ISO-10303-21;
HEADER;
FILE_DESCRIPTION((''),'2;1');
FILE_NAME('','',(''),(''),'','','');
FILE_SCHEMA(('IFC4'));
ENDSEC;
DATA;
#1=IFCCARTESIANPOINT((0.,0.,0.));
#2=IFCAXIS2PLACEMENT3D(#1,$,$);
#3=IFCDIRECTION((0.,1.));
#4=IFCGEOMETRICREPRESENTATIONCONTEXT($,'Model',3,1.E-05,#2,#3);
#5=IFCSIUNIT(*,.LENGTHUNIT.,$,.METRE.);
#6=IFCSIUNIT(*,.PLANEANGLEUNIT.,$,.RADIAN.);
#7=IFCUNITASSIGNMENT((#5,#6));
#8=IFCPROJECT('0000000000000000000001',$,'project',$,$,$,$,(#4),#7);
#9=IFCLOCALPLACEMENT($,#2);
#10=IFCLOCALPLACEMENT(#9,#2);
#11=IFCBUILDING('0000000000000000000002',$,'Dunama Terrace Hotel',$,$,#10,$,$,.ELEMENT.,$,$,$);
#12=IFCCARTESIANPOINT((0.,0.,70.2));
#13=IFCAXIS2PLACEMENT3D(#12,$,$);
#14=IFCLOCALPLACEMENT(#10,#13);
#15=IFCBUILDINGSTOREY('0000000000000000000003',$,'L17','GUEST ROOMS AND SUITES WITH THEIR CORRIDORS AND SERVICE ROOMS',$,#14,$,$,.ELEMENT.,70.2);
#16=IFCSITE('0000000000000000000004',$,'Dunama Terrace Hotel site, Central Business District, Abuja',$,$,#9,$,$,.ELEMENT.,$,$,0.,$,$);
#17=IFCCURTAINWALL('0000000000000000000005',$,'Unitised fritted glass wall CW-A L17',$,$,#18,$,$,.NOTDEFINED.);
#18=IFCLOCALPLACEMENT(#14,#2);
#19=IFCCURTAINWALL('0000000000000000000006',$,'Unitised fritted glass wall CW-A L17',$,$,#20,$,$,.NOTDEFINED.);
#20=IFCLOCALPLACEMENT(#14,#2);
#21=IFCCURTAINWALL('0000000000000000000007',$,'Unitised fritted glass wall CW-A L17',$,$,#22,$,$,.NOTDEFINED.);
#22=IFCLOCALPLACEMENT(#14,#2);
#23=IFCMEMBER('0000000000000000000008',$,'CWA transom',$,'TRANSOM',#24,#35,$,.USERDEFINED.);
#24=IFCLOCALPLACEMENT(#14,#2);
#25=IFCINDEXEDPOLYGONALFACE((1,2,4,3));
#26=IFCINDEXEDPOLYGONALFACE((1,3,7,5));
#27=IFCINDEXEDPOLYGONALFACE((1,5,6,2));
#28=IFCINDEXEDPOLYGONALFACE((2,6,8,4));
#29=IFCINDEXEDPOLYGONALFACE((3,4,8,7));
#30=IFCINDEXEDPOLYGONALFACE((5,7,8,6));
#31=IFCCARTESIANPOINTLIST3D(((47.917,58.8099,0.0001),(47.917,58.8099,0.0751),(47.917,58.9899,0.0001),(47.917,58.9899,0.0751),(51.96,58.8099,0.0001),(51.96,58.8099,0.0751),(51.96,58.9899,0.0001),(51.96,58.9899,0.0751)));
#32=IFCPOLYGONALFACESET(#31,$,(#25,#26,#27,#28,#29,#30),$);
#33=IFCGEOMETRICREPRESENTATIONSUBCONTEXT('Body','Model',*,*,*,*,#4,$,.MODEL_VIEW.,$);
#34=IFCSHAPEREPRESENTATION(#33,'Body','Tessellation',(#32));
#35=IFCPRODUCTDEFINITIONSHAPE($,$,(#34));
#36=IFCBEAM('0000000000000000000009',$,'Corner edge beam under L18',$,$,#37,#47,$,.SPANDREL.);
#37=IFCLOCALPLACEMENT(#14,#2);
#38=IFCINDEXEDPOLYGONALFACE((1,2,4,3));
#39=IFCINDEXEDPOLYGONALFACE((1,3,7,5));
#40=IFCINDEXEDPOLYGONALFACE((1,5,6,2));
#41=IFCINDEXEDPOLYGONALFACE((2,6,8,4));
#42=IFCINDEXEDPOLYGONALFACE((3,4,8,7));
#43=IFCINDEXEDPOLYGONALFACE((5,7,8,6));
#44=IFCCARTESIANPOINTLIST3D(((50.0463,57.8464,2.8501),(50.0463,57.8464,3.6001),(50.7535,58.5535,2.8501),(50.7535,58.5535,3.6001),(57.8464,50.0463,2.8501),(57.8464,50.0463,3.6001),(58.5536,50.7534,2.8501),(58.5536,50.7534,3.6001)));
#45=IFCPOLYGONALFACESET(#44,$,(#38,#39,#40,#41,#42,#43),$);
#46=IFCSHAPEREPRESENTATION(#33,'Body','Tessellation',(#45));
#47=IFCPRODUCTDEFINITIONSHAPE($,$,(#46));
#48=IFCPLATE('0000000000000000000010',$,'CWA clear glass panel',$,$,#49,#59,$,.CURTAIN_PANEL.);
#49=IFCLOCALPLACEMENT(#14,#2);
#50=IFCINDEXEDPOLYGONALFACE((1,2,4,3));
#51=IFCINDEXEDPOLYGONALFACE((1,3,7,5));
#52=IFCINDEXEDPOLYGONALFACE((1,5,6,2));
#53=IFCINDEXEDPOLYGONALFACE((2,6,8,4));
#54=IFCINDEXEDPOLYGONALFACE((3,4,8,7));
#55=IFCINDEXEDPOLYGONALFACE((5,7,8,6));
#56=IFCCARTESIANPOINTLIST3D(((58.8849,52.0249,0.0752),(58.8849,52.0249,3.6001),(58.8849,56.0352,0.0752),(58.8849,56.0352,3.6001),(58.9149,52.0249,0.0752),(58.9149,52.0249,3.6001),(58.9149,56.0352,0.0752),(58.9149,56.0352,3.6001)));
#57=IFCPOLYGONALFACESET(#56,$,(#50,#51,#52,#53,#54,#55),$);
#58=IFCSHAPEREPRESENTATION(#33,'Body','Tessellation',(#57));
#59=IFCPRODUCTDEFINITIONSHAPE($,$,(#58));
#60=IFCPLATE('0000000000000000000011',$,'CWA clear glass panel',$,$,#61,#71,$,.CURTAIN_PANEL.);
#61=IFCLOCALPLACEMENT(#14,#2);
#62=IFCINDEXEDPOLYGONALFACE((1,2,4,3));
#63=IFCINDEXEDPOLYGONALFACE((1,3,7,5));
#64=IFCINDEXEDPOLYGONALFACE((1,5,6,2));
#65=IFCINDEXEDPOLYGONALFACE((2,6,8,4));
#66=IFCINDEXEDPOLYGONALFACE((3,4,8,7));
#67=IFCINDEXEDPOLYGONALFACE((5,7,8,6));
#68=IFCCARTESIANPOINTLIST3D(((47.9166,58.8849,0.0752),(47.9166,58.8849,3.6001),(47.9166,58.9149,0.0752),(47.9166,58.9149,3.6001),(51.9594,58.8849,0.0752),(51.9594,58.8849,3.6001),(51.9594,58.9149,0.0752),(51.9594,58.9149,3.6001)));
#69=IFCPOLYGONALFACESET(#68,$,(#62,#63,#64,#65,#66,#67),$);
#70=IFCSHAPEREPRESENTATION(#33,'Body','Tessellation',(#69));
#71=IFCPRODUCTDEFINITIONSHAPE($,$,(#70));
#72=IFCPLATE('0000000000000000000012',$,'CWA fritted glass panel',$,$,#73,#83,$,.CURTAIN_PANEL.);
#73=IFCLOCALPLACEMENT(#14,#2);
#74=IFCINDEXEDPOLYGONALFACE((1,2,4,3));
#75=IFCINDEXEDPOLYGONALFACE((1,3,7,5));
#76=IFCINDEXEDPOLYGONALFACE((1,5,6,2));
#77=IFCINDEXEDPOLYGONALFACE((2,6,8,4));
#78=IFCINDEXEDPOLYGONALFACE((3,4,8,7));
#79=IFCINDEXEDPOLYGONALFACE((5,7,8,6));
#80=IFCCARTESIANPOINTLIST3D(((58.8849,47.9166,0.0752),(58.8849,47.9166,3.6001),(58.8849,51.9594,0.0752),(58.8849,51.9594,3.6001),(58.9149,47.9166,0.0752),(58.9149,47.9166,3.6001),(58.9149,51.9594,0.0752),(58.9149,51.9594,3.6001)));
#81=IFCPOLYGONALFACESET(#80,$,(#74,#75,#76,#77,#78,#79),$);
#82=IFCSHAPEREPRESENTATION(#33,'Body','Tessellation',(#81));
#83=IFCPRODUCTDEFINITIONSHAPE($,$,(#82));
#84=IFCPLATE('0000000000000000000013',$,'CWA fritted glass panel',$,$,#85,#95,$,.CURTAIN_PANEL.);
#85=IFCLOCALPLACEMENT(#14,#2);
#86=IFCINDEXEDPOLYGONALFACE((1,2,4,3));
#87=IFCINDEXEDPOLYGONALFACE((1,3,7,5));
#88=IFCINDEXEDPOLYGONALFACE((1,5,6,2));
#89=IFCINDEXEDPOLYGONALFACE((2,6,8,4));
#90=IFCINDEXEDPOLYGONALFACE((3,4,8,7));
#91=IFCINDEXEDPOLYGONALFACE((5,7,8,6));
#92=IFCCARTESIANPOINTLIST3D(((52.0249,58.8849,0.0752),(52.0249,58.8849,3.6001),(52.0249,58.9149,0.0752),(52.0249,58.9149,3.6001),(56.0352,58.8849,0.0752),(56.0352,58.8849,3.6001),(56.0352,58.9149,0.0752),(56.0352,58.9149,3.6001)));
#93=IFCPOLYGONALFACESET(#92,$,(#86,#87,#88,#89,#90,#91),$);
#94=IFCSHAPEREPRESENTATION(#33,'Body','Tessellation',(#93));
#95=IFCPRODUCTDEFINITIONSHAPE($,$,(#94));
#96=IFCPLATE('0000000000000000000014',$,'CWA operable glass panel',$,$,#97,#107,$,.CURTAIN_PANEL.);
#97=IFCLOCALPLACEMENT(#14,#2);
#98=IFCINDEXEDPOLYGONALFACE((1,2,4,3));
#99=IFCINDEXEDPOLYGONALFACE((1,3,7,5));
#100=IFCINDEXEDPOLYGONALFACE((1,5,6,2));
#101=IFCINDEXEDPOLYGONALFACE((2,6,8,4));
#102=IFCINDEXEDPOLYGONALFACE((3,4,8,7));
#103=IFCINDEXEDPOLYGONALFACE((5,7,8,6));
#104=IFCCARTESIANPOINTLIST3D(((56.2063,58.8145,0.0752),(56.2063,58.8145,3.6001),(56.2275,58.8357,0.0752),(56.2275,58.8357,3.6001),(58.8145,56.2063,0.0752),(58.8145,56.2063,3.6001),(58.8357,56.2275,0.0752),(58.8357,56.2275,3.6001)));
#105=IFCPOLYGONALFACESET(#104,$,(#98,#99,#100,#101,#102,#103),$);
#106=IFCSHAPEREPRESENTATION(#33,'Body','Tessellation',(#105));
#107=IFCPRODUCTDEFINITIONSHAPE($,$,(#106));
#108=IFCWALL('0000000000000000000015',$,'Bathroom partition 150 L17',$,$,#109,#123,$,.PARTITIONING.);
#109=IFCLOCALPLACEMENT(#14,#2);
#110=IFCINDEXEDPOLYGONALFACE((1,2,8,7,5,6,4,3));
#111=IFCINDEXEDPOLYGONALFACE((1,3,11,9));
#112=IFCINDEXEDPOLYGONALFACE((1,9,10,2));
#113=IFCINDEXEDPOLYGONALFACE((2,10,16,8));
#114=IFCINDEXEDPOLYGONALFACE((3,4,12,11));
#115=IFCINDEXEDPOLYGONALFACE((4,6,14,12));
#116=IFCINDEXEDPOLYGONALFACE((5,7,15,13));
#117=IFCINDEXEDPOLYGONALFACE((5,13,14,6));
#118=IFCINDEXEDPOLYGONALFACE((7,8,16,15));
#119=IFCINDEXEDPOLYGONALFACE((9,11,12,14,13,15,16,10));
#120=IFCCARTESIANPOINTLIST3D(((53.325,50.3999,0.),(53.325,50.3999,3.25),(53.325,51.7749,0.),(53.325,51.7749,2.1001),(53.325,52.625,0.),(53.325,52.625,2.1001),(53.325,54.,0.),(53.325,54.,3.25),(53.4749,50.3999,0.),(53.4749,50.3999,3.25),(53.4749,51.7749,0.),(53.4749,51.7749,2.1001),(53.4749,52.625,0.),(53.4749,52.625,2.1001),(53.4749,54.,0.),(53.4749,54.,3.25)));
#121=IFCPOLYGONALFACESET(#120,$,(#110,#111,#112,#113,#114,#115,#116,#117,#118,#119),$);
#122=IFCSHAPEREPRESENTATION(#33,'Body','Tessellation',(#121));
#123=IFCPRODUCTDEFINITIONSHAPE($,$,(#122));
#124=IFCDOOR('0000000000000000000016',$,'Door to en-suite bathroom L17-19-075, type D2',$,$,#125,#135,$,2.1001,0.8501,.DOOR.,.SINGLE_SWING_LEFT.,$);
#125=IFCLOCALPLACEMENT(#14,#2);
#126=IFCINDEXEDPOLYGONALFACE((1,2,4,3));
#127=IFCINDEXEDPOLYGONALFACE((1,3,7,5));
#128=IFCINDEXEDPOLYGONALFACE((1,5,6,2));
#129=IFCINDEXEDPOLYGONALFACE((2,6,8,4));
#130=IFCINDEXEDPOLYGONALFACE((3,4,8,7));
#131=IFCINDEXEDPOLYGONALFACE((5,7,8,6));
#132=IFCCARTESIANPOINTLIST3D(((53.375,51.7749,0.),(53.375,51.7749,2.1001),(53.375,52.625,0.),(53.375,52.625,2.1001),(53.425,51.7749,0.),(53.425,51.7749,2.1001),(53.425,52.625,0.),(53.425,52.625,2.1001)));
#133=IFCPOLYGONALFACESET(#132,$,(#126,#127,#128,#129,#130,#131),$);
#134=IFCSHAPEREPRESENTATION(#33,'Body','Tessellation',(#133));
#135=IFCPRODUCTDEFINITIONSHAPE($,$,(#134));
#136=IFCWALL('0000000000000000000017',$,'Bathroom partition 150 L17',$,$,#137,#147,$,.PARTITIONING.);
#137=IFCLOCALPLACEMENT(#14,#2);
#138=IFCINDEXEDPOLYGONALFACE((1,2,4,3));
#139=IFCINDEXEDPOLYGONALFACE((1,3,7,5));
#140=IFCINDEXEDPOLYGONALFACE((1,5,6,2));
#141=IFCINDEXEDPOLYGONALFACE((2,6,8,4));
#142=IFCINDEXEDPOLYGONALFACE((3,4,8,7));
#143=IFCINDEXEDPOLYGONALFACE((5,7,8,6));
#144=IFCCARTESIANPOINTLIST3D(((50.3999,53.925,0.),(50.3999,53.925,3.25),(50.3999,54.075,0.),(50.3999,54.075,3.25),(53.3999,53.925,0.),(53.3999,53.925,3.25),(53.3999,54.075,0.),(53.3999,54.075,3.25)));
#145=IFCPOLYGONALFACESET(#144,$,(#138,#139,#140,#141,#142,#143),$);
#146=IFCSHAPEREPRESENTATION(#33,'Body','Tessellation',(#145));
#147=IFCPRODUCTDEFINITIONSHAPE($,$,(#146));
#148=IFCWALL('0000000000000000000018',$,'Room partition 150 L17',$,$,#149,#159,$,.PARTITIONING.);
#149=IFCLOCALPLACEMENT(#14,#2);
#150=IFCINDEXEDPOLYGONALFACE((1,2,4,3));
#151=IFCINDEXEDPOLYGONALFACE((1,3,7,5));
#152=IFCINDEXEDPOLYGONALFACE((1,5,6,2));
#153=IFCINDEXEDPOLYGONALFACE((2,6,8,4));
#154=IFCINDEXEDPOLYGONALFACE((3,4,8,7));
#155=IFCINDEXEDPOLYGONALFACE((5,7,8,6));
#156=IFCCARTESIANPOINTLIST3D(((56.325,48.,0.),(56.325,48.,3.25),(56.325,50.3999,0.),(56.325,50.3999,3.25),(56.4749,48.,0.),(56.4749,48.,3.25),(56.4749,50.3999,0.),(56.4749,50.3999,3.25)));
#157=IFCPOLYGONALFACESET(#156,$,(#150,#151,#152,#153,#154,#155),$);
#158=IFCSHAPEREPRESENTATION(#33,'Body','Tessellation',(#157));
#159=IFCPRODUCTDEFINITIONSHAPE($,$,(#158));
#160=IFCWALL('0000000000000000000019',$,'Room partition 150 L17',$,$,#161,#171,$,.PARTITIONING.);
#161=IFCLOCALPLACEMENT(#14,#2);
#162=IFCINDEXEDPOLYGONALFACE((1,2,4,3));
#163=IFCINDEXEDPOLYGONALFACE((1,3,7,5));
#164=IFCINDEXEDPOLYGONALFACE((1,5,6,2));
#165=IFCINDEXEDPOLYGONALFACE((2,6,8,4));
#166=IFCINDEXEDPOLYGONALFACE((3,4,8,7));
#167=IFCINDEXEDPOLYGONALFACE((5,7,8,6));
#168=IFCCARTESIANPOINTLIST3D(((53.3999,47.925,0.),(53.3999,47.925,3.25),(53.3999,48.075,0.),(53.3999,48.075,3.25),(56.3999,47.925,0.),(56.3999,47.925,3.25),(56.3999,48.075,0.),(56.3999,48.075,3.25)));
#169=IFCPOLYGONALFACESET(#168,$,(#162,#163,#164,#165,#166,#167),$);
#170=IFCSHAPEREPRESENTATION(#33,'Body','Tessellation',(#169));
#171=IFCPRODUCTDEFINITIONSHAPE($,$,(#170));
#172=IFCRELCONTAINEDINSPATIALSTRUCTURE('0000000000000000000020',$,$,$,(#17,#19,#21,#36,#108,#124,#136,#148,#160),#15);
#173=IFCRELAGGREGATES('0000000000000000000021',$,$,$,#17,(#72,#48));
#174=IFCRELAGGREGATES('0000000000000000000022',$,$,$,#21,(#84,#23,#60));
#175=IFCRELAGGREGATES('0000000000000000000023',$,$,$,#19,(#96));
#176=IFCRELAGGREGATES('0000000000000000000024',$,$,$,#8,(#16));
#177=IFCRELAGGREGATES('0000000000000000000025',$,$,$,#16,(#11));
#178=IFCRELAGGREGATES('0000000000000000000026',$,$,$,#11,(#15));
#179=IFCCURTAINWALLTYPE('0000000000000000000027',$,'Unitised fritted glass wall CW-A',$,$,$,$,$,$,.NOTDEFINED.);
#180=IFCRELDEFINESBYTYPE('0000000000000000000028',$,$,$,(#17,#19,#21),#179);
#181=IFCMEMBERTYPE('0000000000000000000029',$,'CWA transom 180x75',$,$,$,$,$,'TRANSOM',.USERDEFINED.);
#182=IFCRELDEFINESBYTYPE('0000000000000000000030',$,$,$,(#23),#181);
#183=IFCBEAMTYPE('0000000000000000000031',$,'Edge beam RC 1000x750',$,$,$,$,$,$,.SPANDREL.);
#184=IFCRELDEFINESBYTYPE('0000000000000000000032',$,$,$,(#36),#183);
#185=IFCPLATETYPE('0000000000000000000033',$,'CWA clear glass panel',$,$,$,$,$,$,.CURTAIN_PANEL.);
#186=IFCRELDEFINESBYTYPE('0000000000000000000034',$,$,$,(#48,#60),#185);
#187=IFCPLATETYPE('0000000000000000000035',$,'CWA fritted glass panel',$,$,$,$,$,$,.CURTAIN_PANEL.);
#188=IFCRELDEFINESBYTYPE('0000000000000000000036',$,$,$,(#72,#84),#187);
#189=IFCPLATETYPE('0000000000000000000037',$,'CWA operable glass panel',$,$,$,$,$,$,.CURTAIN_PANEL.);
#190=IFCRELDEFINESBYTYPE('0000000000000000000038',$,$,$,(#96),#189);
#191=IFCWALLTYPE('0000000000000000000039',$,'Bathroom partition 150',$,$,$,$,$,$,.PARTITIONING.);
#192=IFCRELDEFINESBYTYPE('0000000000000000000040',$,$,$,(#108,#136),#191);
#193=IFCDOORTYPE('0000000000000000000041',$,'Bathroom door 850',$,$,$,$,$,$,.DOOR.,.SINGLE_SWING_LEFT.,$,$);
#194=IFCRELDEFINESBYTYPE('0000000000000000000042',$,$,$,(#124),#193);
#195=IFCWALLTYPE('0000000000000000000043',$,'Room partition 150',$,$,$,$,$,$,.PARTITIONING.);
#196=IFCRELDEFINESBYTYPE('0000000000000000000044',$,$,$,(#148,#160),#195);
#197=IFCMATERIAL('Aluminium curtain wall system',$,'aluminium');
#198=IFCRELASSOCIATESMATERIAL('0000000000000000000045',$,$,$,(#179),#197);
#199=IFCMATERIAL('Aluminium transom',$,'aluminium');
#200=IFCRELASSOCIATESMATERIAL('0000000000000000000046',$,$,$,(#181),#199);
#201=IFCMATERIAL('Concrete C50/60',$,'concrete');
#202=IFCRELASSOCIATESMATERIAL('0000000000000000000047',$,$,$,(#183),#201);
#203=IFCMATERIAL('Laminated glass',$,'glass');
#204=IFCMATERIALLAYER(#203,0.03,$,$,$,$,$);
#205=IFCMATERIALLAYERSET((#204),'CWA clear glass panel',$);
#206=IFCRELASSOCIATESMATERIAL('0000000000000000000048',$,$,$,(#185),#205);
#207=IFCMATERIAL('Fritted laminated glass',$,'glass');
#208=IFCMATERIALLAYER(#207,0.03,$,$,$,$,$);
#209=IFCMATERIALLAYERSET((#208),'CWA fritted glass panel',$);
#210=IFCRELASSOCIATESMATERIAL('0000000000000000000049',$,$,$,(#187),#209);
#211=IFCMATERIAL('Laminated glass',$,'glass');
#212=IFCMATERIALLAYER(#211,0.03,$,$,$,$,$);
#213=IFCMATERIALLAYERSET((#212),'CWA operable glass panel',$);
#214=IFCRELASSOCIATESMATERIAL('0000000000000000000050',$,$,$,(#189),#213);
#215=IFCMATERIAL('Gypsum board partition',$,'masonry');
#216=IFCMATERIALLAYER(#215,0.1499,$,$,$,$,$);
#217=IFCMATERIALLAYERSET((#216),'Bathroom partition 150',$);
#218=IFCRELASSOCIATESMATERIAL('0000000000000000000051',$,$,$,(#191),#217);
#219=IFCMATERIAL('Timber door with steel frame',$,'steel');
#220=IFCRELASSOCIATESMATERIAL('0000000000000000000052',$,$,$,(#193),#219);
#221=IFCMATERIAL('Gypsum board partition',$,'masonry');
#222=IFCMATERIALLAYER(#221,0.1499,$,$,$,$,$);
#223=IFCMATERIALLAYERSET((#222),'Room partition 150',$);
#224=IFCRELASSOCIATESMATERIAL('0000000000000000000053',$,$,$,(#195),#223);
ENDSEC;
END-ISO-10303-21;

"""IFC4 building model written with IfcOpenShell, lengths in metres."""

from ifc_helpers import new_model, si_unit, direction, frame, frame_2d, origin, origin_2d, place, context, subcontext, project, spatial, rectangle, extrude, material, layer, layer_set, material_profile, profile_set, type_object, element, fill, aggregate, save


model = new_model("IFC4")

# Units and contexts
model_context = context("Model", 3, precision=1e-05, world=origin(), true_north=direction((0.0, 1.0)))
body_context = subcontext(model_context, "Body", "Model", "MODEL_VIEW")
ifc_project = project(units=[si_unit("LENGTHUNIT", "METRE"), si_unit("PLANEANGLEUNIT", "RADIAN")], contexts=[model_context])

# Site, building, storey
site_placement = place(None, origin())
site = spatial("IfcSite", under=ifc_project, at=site_placement, Name="Dunama Terrace Hotel site, Central Business District, Abuja", CompositionType="ELEMENT", RefElevation=0.0)
building_placement = place(site_placement, origin())
building = spatial("IfcBuilding", under=site, at=building_placement, Name="Dunama Terrace Hotel", CompositionType="ELEMENT")
storey_placement = place(building_placement, frame((0.0, 0.0, 70.2)))
storey = spatial("IfcBuildingStorey", under=building, at=storey_placement, Name="L17", Description="GUEST ROOMS AND SUITES WITH THEIR CORRIDORS AND SERVICE ROOMS", CompositionType="ELEMENT", Elevation=70.2)

# Curtain walls
ifc_material_1 = material(Name="Aluminium curtain wall system", Category="aluminium")
curtain_wall_type = type_object("IfcCurtainWallType", Name="Unitised fritted glass wall CW-A", PredefinedType="NOTDEFINED", material=ifc_material_1)
curtain_wall_1_placement = place(storey_placement, origin())
curtain_wall_1 = element("IfcCurtainWall", 1, at=curtain_wall_1_placement, inside=storey, type_object=curtain_wall_type, Name="Unitised fritted glass wall CW-A L17", PredefinedType="NOTDEFINED")
curtain_wall_2_placement = place(storey_placement, origin())
curtain_wall_2 = element("IfcCurtainWall", 2, at=curtain_wall_2_placement, inside=storey, type_object=curtain_wall_type, Name="Unitised fritted glass wall CW-A L17", PredefinedType="NOTDEFINED")
curtain_wall_3_placement = place(storey_placement, origin())
curtain_wall_3 = element("IfcCurtainWall", 3, at=curtain_wall_3_placement, inside=storey, type_object=curtain_wall_type, Name="Unitised fritted glass wall CW-A L17", PredefinedType="NOTDEFINED")

# Member
ifc_material_2 = material(Name="Aluminium transom", Category="aluminium")
ifc_material_profile_1 = material_profile(ifc_material_2, rectangle(XDim=0.1799, YDim=0.075, at=origin_2d()), Name="CWA TRANSOM 180X75")
ifc_profile_set_1 = profile_set([ifc_material_profile_1], Name="Aluminium transom")
member_type_1 = type_object("IfcMemberType", Name="CWA transom 180x75", ElementType="TRANSOM", PredefinedType="USERDEFINED", material=ifc_profile_set_1)
member_1_placement = place(storey_placement, frame((51.96, 58.8999, 0.0376), z_axis=(-1.0, 0.0, 0.0), x_axis=(0.0, -1.0, 0.0)))
member_1 = element("IfcMember", 4, at=member_1_placement, type_object=member_type_1, Name="CWA transom", ObjectType="TRANSOM", PredefinedType="USERDEFINED", context=body_context, shape_type="SweptSolid", body=[
    extrude(rectangle(XDim=0.1799, YDim=0.075, at=origin_2d()), origin(), (0.0, 0.0, 1.0), 4.043),
])

# Beam
ifc_material_3 = material(Name="Concrete C50/60", Category="concrete")
ifc_material_profile_2 = material_profile(ifc_material_3, rectangle(XDim=1.0, YDim=0.75, at=origin_2d()), Name="RC 1000x750")
ifc_profile_set_2 = profile_set([ifc_material_profile_2], Name="Concrete C50/60")
beam_type = type_object("IfcBeamType", Name="Edge beam RC 1000x750", PredefinedType="SPANDREL", material=ifc_profile_set_2)
beam_placement = place(storey_placement, frame((50.3999, 58.2, 3.2251), z_axis=(0.707107, -0.707107, 0.0), x_axis=(0.707107, 0.707107, 0.0)))
element("IfcBeam", 5, at=beam_placement, inside=storey, type_object=beam_type, Name="Corner edge beam under L18", PredefinedType="SPANDREL", context=body_context, shape_type="SweptSolid", body=[
    extrude(rectangle(XDim=1.0, YDim=0.75, at=origin_2d()), origin(), (0.0, 0.0, 1.0), 11.031),
])

# Plates
ifc_material_4 = material(Name="Laminated glass", Category="glass")
ifc_layer_1 = layer(ifc_material_4, 0.03)
ifc_layer_set_1 = layer_set([ifc_layer_1], Name="CWA clear glass panel")
plate_type_1 = type_object("IfcPlateType", Name="CWA clear glass panel", PredefinedType="CURTAIN_PANEL", material=ifc_layer_set_1)
plate_1_placement = place(storey_placement, frame((58.8999, 54.03, 0.0752), z_axis=(0.0, 0.0, 1.0), x_axis=(0.0, 1.0, 0.0)))
plate_1 = element("IfcPlate", 6, at=plate_1_placement, type_object=plate_type_1, Name="CWA clear glass panel", PredefinedType="CURTAIN_PANEL", context=body_context, shape_type="SweptSolid", body=[
    extrude(rectangle(XDim=4.0103, YDim=0.03, at=origin_2d()), origin(), (0.0, 0.0, 1.0), 3.5249),
])
plate_2_placement = place(storey_placement, frame((49.938, 58.8999, 0.0752), z_axis=(0.0, 0.0, 1.0), x_axis=(-1.0, 0.0, 0.0)))
plate_2 = element("IfcPlate", 7, at=plate_2_placement, type_object=plate_type_1, Name="CWA clear glass panel", PredefinedType="CURTAIN_PANEL", context=body_context, shape_type="SweptSolid", body=[
    extrude(rectangle(XDim=4.0427, YDim=0.03, at=origin_2d()), origin(), (0.0, 0.0, 1.0), 3.5249),
])
ifc_material_5 = material(Name="Fritted laminated glass", Category="glass")
ifc_layer_2 = layer(ifc_material_5, 0.03)
ifc_layer_set_2 = layer_set([ifc_layer_2], Name="CWA fritted glass panel")
plate_type_2 = type_object("IfcPlateType", Name="CWA fritted glass panel", PredefinedType="CURTAIN_PANEL", material=ifc_layer_set_2)
plate_3_placement = place(storey_placement, frame((58.8999, 49.938, 0.0752), z_axis=(0.0, 0.0, 1.0), x_axis=(0.0, 1.0, 0.0)))
plate_3 = element("IfcPlate", 8, at=plate_3_placement, type_object=plate_type_2, Name="CWA fritted glass panel", PredefinedType="CURTAIN_PANEL", context=body_context, shape_type="SweptSolid", body=[
    extrude(rectangle(XDim=4.0427, YDim=0.03, at=origin_2d()), origin(), (0.0, 0.0, 1.0), 3.5249),
])
aggregate(curtain_wall_1, [plate_3, plate_1])
plate_4_placement = place(storey_placement, frame((54.03, 58.8999, 0.0752), z_axis=(0.0, 0.0, 1.0), x_axis=(-1.0, 0.0, 0.0)))
plate_4 = element("IfcPlate", 9, at=plate_4_placement, type_object=plate_type_2, Name="CWA fritted glass panel", PredefinedType="CURTAIN_PANEL", context=body_context, shape_type="SweptSolid", body=[
    extrude(rectangle(XDim=4.0103, YDim=0.03, at=origin_2d()), origin(), (0.0, 0.0, 1.0), 3.5249),
])
aggregate(curtain_wall_3, [plate_4, member_1, plate_2])
ifc_material_6 = material(Name="Laminated glass", Category="glass")
ifc_layer_3 = layer(ifc_material_6, 0.03)
ifc_layer_set_3 = layer_set([ifc_layer_3], Name="CWA operable glass panel")
plate_type_3 = type_object("IfcPlateType", Name="CWA operable glass panel", PredefinedType="CURTAIN_PANEL", material=ifc_layer_set_3)
plate_5_placement = place(storey_placement, frame((57.521, 57.521, 0.0752), z_axis=(0.0, 0.0, 1.0), x_axis=(-0.707107, 0.707107, 0.0)))
plate_5 = element("IfcPlate", 10, at=plate_5_placement, type_object=plate_type_3, Name="CWA operable glass panel", PredefinedType="CURTAIN_PANEL", context=body_context, shape_type="SweptSolid", body=[
    extrude(rectangle(XDim=3.6885, YDim=0.03, at=origin_2d()), origin(), (0.0, 0.0, 1.0), 3.5249),
])
aggregate(curtain_wall_2, [plate_5])

# Wall, opening, door
ifc_material_7 = material(Name="Gypsum board partition", Category="masonry")
ifc_layer_4 = layer(ifc_material_7, 0.1499)
ifc_layer_set_4 = layer_set([ifc_layer_4], Name="Bathroom partition 150")
wall_type_1 = type_object("IfcWallType", Name="Bathroom partition 150", PredefinedType="PARTITIONING", material=ifc_layer_set_4)
wall_1_placement = place(storey_placement, frame((53.3999, 50.3999, 0.0), z_axis=(0.0, 0.0, 1.0), x_axis=(0.0, 1.0, 0.0)))
wall_1 = element("IfcWall", 11, at=wall_1_placement, inside=storey, type_object=wall_type_1, Name="Bathroom partition 150 L17", PredefinedType="PARTITIONING", context=body_context, shape_type="SweptSolid", body=[
    extrude(rectangle(XDim=3.6001, YDim=0.1499, at=frame_2d((1.8, 0.0))), origin(), (0.0, 0.0, 1.0), 3.25),
])
opening_1_placement = place(wall_1_placement, frame((1.375, 0.0, 0.0)))
opening_1 = element("IfcOpeningElement", 12, at=opening_1_placement, cuts=wall_1, PredefinedType="OPENING", context=body_context, shape_type="SweptSolid", body=[
    extrude(rectangle(XDim=0.8501, YDim=2.1001, at=frame_2d((0.425, 1.05))), frame((0.0, 0.085, 0.0), z_axis=(0.0, -1.0, 0.0), x_axis=(1.0, 0.0, 0.0)), (0.0, 0.0, 1.0), 0.1699),
])
ifc_material_8 = material(Name="Timber door with steel frame", Category="steel")
door_type_1 = type_object("IfcDoorType", Name="Bathroom door 850", OperationType="SINGLE_SWING_LEFT", PredefinedType="DOOR", material=ifc_material_8)
door_1_placement = place(opening_1_placement, origin())
door_1 = element("IfcDoor", 13, at=door_1_placement, inside=storey, type_object=door_type_1, Name="Door to en-suite bathroom L17-19-075, type D2", OperationType="SINGLE_SWING_LEFT", OverallHeight=2.1001, OverallWidth=0.8501, PredefinedType="DOOR", context=body_context, shape_type="SweptSolid", body=[
    extrude(rectangle(XDim=0.8501, YDim=2.1001, at=frame_2d((0.425, 1.05))), frame((0.0, 0.0249, 0.0), z_axis=(0.0, -1.0, 0.0), x_axis=(1.0, 0.0, 0.0)), (0.0, 0.0, 1.0), 0.05),
])
fill(opening_1, door_1)

# Walls
wall_2_placement = place(storey_placement, frame((50.3999, 54.0, 0.0), z_axis=(0.0, 0.0, 1.0), x_axis=(1.0, 0.0, 0.0)))
element("IfcWall", 14, at=wall_2_placement, inside=storey, type_object=wall_type_1, Name="Bathroom partition 150 L17", PredefinedType="PARTITIONING", context=body_context, shape_type="SweptSolid", body=[
    extrude(rectangle(XDim=3.0, YDim=0.1499, at=frame_2d((1.5, 0.0))), origin(), (0.0, 0.0, 1.0), 3.25),
])
ifc_material_9 = material(Name="Gypsum board partition", Category="masonry")
ifc_layer_5 = layer(ifc_material_9, 0.1499)
ifc_layer_set_5 = layer_set([ifc_layer_5], Name="Room partition 150")
wall_type_2 = type_object("IfcWallType", Name="Room partition 150", PredefinedType="PARTITIONING", material=ifc_layer_set_5)
wall_3_placement = place(storey_placement, frame((56.3999, 48.0, 0.0), z_axis=(0.0, 0.0, 1.0), x_axis=(0.0, 1.0, 0.0)))
element("IfcWall", 15, at=wall_3_placement, inside=storey, type_object=wall_type_2, Name="Room partition 150 L17", PredefinedType="PARTITIONING", context=body_context, shape_type="SweptSolid", body=[
    extrude(rectangle(XDim=2.3999, YDim=0.1499, at=frame_2d((1.2, 0.0))), origin(), (0.0, 0.0, 1.0), 3.25),
])
wall_4_placement = place(storey_placement, frame((53.3999, 48.0, 0.0), z_axis=(0.0, 0.0, 1.0), x_axis=(1.0, 0.0, 0.0)))
element("IfcWall", 16, at=wall_4_placement, inside=storey, type_object=wall_type_2, Name="Room partition 150 L17", PredefinedType="PARTITIONING", context=body_context, shape_type="SweptSolid", body=[
    extrude(rectangle(XDim=3.0, YDim=0.1499, at=frame_2d((1.5, 0.0))), origin(), (0.0, 0.0, 1.0), 3.25),
])

save(model, "model.ifc")
